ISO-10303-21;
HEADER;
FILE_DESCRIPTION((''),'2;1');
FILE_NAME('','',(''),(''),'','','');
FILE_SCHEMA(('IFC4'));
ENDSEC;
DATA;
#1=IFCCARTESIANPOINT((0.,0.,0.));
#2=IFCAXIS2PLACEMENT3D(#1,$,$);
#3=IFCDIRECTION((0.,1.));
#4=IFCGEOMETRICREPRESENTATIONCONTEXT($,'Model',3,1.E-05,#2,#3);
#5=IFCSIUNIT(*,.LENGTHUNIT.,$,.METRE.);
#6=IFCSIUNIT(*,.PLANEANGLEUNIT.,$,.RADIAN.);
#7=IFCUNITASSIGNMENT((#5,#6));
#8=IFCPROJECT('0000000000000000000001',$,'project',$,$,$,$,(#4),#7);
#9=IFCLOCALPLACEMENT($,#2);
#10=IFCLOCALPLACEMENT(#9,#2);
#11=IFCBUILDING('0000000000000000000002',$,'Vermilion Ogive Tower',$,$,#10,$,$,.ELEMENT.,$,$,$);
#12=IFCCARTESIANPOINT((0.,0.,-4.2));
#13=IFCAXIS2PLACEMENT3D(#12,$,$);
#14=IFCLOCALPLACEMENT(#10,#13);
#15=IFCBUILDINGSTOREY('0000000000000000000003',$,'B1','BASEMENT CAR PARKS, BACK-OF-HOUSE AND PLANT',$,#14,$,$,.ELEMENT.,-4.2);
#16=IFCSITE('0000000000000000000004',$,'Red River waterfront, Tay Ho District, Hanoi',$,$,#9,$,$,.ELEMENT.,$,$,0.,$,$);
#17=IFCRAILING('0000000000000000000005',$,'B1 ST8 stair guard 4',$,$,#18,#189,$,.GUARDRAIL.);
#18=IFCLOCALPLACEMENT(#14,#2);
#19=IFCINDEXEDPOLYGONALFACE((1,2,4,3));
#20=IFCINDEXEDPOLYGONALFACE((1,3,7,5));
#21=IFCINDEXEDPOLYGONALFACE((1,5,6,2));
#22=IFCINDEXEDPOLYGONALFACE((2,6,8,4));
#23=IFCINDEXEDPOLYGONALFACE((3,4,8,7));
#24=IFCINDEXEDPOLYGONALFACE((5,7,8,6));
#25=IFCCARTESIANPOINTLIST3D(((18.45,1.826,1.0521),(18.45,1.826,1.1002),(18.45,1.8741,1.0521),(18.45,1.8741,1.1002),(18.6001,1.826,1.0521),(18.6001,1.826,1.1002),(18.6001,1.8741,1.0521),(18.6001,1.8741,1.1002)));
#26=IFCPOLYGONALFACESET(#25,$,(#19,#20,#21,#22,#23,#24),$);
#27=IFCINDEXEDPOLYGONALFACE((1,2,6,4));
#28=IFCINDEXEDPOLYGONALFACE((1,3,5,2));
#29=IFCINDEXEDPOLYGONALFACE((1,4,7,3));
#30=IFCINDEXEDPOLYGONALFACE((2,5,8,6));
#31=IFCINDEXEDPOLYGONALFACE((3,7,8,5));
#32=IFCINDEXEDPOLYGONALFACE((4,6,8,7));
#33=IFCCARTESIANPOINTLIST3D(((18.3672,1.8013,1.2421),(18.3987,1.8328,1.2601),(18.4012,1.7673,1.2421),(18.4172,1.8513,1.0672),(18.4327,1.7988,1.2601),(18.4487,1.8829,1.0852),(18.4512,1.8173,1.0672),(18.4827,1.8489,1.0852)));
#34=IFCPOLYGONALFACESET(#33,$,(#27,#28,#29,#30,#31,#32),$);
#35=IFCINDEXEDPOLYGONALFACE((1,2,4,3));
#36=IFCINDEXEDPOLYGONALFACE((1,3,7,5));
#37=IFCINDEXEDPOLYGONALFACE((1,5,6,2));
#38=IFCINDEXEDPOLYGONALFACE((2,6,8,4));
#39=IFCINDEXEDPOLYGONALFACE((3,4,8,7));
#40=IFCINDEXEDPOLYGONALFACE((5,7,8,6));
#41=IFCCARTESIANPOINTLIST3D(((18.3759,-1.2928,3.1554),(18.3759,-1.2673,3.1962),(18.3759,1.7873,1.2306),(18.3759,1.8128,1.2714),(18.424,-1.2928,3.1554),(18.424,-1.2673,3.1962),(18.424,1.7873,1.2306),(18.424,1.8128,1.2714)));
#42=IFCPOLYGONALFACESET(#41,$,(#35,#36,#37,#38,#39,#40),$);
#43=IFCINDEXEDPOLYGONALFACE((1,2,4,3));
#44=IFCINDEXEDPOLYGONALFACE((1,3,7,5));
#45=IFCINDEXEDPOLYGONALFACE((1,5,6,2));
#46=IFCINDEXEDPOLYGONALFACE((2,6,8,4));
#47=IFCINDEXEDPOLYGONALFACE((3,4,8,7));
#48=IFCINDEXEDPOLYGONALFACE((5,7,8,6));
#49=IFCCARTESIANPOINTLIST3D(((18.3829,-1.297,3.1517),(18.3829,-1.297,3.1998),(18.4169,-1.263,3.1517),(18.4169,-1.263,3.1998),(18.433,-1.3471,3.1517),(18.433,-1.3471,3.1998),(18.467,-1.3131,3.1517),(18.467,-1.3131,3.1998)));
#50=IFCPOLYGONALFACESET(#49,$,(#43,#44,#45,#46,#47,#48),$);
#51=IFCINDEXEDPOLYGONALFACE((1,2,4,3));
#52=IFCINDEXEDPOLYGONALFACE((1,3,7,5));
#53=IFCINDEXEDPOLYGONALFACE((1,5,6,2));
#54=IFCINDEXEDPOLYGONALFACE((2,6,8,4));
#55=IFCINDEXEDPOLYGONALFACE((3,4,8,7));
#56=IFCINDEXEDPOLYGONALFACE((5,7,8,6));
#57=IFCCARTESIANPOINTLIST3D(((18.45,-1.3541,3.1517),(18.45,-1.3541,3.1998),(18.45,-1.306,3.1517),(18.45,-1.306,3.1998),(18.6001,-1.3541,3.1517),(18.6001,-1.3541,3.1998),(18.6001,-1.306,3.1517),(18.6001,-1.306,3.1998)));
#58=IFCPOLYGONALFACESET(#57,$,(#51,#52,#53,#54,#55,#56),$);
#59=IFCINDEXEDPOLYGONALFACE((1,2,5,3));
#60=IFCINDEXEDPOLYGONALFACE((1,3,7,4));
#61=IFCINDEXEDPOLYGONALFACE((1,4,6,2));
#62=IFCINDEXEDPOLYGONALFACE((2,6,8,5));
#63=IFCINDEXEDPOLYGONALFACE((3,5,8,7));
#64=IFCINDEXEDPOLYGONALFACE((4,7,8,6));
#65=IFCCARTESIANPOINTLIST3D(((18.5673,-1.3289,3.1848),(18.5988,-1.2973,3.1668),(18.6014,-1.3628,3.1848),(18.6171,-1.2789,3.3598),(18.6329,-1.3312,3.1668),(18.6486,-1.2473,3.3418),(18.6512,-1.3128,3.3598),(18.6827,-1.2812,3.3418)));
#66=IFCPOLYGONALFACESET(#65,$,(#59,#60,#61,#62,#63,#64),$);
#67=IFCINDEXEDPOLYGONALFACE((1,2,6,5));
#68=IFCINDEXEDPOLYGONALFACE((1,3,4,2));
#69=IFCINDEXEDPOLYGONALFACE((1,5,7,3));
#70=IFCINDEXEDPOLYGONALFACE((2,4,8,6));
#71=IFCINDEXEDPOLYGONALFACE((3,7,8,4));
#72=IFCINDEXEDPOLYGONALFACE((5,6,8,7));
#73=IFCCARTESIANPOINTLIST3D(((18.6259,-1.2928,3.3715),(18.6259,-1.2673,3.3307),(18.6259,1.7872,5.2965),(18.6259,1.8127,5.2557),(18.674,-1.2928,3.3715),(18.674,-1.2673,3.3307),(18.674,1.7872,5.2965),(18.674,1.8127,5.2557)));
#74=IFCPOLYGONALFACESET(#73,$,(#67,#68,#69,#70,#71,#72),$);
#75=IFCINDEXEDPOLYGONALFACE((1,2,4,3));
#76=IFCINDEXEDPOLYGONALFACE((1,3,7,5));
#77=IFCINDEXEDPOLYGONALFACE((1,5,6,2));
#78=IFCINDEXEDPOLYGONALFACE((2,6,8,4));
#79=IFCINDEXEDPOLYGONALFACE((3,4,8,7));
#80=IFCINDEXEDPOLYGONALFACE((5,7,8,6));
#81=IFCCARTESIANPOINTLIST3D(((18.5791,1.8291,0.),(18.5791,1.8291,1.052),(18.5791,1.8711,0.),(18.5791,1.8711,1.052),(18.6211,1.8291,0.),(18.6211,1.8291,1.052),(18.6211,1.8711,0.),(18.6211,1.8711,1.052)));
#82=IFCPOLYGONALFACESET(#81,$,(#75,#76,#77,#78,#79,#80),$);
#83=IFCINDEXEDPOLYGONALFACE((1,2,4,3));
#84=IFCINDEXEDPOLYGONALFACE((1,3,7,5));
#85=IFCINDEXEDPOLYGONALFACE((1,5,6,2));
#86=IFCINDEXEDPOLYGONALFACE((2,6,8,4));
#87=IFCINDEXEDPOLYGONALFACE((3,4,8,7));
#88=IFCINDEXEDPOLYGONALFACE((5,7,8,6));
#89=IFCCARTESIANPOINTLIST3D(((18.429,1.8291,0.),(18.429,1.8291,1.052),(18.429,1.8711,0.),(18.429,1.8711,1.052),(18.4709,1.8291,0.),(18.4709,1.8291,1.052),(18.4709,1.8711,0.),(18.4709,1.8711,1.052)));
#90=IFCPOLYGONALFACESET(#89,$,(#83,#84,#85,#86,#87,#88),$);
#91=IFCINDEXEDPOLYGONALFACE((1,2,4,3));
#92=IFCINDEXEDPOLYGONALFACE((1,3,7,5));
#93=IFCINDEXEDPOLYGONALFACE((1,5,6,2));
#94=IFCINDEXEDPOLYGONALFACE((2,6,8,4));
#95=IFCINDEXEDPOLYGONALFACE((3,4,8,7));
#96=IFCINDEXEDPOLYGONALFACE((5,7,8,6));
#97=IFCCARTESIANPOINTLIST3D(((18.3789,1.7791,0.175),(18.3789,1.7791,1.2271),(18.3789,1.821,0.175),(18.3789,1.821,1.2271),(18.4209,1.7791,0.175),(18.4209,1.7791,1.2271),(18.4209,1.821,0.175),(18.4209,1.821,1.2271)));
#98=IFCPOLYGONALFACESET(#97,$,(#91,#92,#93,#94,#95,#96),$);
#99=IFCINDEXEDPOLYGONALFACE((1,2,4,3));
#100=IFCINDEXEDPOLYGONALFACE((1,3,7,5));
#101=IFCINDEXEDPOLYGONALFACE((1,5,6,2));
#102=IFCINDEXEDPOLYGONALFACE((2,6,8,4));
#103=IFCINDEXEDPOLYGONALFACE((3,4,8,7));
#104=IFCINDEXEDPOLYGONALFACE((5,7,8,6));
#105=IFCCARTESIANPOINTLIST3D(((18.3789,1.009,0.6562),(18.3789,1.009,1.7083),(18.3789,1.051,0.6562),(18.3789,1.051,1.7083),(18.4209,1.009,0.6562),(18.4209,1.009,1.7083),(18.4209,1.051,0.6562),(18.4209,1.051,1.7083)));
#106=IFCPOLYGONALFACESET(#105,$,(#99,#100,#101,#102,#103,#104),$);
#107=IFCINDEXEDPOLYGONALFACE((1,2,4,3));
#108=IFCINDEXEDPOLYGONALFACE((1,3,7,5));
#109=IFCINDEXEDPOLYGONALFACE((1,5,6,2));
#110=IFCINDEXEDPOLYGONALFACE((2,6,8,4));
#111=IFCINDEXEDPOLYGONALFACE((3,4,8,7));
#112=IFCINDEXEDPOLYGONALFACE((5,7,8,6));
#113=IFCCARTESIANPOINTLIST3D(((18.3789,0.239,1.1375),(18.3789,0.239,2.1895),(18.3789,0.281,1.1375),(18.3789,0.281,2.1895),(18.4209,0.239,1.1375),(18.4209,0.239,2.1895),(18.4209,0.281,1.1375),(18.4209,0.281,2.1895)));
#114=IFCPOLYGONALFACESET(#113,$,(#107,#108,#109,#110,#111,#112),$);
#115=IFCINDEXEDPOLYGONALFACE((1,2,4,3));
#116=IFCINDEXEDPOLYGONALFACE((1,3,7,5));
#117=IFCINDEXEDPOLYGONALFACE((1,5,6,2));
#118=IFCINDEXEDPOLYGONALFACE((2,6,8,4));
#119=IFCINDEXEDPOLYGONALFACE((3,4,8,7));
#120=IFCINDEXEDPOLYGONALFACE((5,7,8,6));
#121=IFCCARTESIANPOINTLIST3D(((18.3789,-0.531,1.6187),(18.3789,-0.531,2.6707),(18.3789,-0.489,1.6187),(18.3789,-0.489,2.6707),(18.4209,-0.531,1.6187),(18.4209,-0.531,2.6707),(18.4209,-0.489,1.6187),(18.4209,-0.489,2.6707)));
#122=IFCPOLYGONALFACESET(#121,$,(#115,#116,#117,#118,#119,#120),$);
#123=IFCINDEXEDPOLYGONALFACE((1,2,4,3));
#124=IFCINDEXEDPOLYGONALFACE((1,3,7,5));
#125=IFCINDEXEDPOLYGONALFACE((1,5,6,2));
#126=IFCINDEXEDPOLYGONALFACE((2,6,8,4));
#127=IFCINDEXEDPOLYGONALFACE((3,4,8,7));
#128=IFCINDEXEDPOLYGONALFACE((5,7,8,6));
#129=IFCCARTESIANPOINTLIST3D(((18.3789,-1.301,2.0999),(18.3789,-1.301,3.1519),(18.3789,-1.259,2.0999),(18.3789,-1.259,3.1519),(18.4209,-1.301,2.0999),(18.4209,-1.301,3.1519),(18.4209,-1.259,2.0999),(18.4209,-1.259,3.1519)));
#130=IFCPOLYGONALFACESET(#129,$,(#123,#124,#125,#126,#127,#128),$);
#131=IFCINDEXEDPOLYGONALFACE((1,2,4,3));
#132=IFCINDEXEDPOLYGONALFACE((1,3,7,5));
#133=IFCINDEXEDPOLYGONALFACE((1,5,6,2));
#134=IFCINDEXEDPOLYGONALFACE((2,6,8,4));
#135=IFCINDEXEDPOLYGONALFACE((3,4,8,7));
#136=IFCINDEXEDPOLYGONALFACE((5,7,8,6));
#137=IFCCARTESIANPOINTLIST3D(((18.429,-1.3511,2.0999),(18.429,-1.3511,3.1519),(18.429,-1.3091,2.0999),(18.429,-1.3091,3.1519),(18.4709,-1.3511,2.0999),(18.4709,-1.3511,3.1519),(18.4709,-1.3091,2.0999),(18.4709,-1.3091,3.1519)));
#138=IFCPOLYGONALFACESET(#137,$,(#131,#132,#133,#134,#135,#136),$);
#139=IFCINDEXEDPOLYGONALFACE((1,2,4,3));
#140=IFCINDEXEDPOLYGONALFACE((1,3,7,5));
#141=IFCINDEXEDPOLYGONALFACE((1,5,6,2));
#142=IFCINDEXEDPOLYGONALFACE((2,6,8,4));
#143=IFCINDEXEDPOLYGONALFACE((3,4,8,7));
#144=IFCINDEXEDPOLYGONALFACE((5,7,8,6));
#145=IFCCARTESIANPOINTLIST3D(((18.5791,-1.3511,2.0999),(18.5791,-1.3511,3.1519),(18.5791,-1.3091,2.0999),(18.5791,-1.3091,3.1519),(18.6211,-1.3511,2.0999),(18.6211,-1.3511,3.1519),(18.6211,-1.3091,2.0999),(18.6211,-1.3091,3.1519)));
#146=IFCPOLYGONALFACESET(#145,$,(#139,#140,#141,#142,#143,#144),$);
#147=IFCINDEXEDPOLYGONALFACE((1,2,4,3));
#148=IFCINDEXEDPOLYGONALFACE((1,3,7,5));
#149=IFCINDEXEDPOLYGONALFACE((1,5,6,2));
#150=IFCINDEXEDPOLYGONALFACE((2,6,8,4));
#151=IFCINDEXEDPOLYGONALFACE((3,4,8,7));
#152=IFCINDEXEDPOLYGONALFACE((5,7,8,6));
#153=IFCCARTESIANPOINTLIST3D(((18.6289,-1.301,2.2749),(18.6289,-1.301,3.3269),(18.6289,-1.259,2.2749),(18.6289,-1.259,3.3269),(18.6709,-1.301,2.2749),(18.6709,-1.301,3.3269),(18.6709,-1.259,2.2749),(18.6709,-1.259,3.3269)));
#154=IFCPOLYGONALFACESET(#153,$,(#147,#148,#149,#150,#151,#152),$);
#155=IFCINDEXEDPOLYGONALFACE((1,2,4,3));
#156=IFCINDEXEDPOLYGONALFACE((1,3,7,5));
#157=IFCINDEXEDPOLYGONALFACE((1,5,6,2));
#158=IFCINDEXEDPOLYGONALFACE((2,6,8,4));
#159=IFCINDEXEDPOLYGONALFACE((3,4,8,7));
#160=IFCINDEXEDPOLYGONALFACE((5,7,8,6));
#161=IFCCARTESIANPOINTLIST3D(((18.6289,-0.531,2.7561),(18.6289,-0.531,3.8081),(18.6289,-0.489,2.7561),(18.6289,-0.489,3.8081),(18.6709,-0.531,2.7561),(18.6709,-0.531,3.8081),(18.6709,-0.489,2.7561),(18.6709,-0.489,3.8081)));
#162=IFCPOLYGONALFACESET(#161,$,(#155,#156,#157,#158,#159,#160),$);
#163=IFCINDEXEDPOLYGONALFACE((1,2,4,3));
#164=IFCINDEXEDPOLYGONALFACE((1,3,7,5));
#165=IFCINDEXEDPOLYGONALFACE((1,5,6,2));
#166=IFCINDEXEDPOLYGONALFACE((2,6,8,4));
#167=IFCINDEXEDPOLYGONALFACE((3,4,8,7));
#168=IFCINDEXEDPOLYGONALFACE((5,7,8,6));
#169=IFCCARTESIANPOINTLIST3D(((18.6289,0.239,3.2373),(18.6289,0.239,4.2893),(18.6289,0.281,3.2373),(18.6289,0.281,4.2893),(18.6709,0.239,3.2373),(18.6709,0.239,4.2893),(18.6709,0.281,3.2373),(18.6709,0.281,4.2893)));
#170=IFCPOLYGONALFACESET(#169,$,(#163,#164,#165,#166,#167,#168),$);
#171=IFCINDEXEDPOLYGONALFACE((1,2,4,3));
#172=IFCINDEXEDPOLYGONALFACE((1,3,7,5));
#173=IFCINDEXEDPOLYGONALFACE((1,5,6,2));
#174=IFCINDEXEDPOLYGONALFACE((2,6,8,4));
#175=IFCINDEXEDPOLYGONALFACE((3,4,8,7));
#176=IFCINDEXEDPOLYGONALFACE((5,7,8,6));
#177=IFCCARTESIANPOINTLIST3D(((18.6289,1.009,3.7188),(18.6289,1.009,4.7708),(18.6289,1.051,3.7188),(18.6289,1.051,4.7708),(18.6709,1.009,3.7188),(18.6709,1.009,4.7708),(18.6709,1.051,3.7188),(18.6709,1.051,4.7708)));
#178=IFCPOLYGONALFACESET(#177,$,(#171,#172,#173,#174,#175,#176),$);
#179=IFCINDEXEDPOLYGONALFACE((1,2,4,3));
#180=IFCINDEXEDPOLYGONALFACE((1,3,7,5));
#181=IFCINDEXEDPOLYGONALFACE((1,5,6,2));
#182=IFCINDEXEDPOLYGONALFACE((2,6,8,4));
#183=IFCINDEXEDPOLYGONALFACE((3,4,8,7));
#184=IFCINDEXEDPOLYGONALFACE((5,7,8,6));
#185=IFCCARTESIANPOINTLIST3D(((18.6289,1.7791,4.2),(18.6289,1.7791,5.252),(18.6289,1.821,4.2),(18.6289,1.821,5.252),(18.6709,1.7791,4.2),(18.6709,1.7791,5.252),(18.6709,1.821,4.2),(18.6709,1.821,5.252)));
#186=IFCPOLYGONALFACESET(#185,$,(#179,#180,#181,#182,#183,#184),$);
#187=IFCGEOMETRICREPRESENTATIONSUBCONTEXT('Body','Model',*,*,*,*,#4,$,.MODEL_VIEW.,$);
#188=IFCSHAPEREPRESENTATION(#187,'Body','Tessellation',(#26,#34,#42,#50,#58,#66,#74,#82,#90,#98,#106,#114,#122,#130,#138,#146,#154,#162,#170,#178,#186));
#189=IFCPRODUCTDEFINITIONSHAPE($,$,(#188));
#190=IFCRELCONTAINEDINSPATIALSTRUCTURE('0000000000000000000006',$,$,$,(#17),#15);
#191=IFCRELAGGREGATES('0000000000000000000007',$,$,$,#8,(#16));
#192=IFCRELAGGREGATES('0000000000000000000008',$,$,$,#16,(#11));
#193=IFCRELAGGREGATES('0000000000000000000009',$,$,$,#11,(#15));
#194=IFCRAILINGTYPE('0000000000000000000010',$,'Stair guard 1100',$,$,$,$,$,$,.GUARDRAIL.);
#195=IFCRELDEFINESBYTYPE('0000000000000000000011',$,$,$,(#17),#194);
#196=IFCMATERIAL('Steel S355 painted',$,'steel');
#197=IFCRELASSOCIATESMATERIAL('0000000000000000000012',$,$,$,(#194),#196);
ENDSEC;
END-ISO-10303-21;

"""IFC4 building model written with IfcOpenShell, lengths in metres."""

from ifc_helpers import new_model, si_unit, direction, frame, origin, origin_2d, place, context, subcontext, project, spatial, rectangle, extrude, material, type_object, element, save


model = new_model("IFC4")

# Units and contexts
model_context = context("Model", 3, precision=1e-05, world=origin(), true_north=direction((0.0, 1.0)))
body_context = subcontext(model_context, "Body", "Model", "MODEL_VIEW")
ifc_project = project(units=[si_unit("LENGTHUNIT", "METRE"), si_unit("PLANEANGLEUNIT", "RADIAN")], contexts=[model_context])

# Site, building, storey
site_placement = place(None, origin())
site = spatial("IfcSite", under=ifc_project, at=site_placement, Name="Red River waterfront, Tay Ho District, Hanoi", CompositionType="ELEMENT", RefElevation=0.0)
building_placement = place(site_placement, origin())
building = spatial("IfcBuilding", under=site, at=building_placement, Name="Vermilion Ogive Tower", CompositionType="ELEMENT")
storey_placement = place(building_placement, frame((0.0, 0.0, -4.2)))
storey = spatial("IfcBuildingStorey", under=building, at=storey_placement, Name="B1", Description="BASEMENT CAR PARKS, BACK-OF-HOUSE AND PLANT", CompositionType="ELEMENT", Elevation=-4.2)

# Railing
ifc_material_1 = material(Name="Steel S355 painted", Category="steel")
railing_type_1 = type_object("IfcRailingType", Name="Stair guard 1100", PredefinedType="GUARDRAIL", material=ifc_material_1)
railing_1_placement = place(storey_placement, frame((18.6001, 1.8501, 0.0)))
element("IfcRailing", 1, at=railing_1_placement, inside=storey, type_object=railing_type_1, Name="B1 ST8 stair guard 4", PredefinedType="GUARDRAIL", context=body_context, shape_type="SweptSolid", body=[
    extrude(rectangle(XDim=0.0481, YDim=0.0481, at=origin_2d()), frame((0.0, 0.0, 1.0762), z_axis=(-1.0, 0.0, 0.0), x_axis=(0.0, -1.0, 0.0)), (0.0, 0.0, 1.0), 0.1501),
    extrude(rectangle(XDim=0.0481, YDim=0.0481, at=origin_2d()), frame((-0.1501, 0.0, 1.0762), z_axis=(-0.265065, -0.265065, 0.927082), x_axis=(0.707107, -0.707107, 0.0)), (0.0, 0.0, 1.0), 0.1887),
    extrude(rectangle(XDim=0.0481, YDim=0.0481, at=origin_2d()), frame((-0.2002, -0.05, 1.251), z_axis=(0.0, -0.848029, 0.529951), x_axis=(1.0, 0.0, 0.0)), (0.0, 0.0, 1.0), 3.6321),
    extrude(rectangle(XDim=0.0481, YDim=0.0481, at=origin_2d()), frame((-0.2002, -3.1301, 3.1758), z_axis=(0.707107, -0.707107, 0.0), x_axis=(0.707107, 0.707107, 0.0)), (0.0, 0.0, 1.0), 0.0708),
    extrude(rectangle(XDim=0.0481, YDim=0.0481, at=origin_2d()), frame((-0.1501, -3.1802, 3.1758), z_axis=(1.0, 0.0, 0.0), x_axis=(0.0, 1.0, 0.0)), (0.0, 0.0, 1.0), 0.1501),
    extrude(rectangle(XDim=0.0481, YDim=0.0481, at=origin_2d()), frame((0.0, -3.1802, 3.1758), z_axis=(0.263862, 0.265156, 0.927399), x_axis=(-0.708834, 0.705376, 0.0)), (0.0, 0.0, 1.0), 0.1887),
    extrude(rectangle(XDim=0.0481, YDim=0.0481, at=origin_2d()), frame((0.0498, -3.1301, 3.3511), z_axis=(0.0, 0.847998, 0.529999), x_axis=(-1.0, 0.0, 0.0)), (0.0, 0.0, 1.0), 3.6321),
    extrude(rectangle(XDim=0.042, YDim=0.042, at=origin_2d()), origin(), (0.0, 0.0, 1.0), 1.052),
    extrude(rectangle(XDim=0.042, YDim=0.042, at=origin_2d()), frame((-0.1501, 0.0, 0.0)), (0.0, 0.0, 1.0), 1.052),
    extrude(rectangle(XDim=0.042, YDim=0.042, at=origin_2d()), frame((-0.2002, -0.05, 0.175)), (0.0, 0.0, 1.0), 1.052),
    extrude(rectangle(XDim=0.042, YDim=0.042, at=origin_2d()), frame((-0.2002, -0.8201, 0.6562)), (0.0, 0.0, 1.0), 1.052),
    extrude(rectangle(XDim=0.042, YDim=0.042, at=origin_2d()), frame((-0.2002, -1.5901, 1.1375)), (0.0, 0.0, 1.0), 1.052),
    extrude(rectangle(XDim=0.042, YDim=0.042, at=origin_2d()), frame((-0.2002, -2.3601, 1.6187)), (0.0, 0.0, 1.0), 1.052),
    extrude(rectangle(XDim=0.042, YDim=0.042, at=origin_2d()), frame((-0.2002, -3.1301, 2.0999)), (0.0, 0.0, 1.0), 1.052),
    extrude(rectangle(XDim=0.042, YDim=0.042, at=origin_2d()), frame((-0.1501, -3.1802, 2.0999)), (0.0, 0.0, 1.0), 1.052),
    extrude(rectangle(XDim=0.042, YDim=0.042, at=origin_2d()), frame((0.0, -3.1802, 2.0999)), (0.0, 0.0, 1.0), 1.052),
    extrude(rectangle(XDim=0.042, YDim=0.042, at=origin_2d()), frame((0.0498, -3.1301, 2.2749)), (0.0, 0.0, 1.0), 1.052),
    extrude(rectangle(XDim=0.042, YDim=0.042, at=origin_2d()), frame((0.0498, -2.3601, 2.7561)), (0.0, 0.0, 1.0), 1.052),
    extrude(rectangle(XDim=0.042, YDim=0.042, at=origin_2d()), frame((0.0498, -1.5901, 3.2373)), (0.0, 0.0, 1.0), 1.052),
    extrude(rectangle(XDim=0.042, YDim=0.042, at=origin_2d()), frame((0.0498, -0.8201, 3.7188)), (0.0, 0.0, 1.0), 1.052),
    extrude(rectangle(XDim=0.042, YDim=0.042, at=origin_2d()), frame((0.0498, -0.05, 4.2)), (0.0, 0.0, 1.0), 1.052),
])

save(model, "model.ifc")
